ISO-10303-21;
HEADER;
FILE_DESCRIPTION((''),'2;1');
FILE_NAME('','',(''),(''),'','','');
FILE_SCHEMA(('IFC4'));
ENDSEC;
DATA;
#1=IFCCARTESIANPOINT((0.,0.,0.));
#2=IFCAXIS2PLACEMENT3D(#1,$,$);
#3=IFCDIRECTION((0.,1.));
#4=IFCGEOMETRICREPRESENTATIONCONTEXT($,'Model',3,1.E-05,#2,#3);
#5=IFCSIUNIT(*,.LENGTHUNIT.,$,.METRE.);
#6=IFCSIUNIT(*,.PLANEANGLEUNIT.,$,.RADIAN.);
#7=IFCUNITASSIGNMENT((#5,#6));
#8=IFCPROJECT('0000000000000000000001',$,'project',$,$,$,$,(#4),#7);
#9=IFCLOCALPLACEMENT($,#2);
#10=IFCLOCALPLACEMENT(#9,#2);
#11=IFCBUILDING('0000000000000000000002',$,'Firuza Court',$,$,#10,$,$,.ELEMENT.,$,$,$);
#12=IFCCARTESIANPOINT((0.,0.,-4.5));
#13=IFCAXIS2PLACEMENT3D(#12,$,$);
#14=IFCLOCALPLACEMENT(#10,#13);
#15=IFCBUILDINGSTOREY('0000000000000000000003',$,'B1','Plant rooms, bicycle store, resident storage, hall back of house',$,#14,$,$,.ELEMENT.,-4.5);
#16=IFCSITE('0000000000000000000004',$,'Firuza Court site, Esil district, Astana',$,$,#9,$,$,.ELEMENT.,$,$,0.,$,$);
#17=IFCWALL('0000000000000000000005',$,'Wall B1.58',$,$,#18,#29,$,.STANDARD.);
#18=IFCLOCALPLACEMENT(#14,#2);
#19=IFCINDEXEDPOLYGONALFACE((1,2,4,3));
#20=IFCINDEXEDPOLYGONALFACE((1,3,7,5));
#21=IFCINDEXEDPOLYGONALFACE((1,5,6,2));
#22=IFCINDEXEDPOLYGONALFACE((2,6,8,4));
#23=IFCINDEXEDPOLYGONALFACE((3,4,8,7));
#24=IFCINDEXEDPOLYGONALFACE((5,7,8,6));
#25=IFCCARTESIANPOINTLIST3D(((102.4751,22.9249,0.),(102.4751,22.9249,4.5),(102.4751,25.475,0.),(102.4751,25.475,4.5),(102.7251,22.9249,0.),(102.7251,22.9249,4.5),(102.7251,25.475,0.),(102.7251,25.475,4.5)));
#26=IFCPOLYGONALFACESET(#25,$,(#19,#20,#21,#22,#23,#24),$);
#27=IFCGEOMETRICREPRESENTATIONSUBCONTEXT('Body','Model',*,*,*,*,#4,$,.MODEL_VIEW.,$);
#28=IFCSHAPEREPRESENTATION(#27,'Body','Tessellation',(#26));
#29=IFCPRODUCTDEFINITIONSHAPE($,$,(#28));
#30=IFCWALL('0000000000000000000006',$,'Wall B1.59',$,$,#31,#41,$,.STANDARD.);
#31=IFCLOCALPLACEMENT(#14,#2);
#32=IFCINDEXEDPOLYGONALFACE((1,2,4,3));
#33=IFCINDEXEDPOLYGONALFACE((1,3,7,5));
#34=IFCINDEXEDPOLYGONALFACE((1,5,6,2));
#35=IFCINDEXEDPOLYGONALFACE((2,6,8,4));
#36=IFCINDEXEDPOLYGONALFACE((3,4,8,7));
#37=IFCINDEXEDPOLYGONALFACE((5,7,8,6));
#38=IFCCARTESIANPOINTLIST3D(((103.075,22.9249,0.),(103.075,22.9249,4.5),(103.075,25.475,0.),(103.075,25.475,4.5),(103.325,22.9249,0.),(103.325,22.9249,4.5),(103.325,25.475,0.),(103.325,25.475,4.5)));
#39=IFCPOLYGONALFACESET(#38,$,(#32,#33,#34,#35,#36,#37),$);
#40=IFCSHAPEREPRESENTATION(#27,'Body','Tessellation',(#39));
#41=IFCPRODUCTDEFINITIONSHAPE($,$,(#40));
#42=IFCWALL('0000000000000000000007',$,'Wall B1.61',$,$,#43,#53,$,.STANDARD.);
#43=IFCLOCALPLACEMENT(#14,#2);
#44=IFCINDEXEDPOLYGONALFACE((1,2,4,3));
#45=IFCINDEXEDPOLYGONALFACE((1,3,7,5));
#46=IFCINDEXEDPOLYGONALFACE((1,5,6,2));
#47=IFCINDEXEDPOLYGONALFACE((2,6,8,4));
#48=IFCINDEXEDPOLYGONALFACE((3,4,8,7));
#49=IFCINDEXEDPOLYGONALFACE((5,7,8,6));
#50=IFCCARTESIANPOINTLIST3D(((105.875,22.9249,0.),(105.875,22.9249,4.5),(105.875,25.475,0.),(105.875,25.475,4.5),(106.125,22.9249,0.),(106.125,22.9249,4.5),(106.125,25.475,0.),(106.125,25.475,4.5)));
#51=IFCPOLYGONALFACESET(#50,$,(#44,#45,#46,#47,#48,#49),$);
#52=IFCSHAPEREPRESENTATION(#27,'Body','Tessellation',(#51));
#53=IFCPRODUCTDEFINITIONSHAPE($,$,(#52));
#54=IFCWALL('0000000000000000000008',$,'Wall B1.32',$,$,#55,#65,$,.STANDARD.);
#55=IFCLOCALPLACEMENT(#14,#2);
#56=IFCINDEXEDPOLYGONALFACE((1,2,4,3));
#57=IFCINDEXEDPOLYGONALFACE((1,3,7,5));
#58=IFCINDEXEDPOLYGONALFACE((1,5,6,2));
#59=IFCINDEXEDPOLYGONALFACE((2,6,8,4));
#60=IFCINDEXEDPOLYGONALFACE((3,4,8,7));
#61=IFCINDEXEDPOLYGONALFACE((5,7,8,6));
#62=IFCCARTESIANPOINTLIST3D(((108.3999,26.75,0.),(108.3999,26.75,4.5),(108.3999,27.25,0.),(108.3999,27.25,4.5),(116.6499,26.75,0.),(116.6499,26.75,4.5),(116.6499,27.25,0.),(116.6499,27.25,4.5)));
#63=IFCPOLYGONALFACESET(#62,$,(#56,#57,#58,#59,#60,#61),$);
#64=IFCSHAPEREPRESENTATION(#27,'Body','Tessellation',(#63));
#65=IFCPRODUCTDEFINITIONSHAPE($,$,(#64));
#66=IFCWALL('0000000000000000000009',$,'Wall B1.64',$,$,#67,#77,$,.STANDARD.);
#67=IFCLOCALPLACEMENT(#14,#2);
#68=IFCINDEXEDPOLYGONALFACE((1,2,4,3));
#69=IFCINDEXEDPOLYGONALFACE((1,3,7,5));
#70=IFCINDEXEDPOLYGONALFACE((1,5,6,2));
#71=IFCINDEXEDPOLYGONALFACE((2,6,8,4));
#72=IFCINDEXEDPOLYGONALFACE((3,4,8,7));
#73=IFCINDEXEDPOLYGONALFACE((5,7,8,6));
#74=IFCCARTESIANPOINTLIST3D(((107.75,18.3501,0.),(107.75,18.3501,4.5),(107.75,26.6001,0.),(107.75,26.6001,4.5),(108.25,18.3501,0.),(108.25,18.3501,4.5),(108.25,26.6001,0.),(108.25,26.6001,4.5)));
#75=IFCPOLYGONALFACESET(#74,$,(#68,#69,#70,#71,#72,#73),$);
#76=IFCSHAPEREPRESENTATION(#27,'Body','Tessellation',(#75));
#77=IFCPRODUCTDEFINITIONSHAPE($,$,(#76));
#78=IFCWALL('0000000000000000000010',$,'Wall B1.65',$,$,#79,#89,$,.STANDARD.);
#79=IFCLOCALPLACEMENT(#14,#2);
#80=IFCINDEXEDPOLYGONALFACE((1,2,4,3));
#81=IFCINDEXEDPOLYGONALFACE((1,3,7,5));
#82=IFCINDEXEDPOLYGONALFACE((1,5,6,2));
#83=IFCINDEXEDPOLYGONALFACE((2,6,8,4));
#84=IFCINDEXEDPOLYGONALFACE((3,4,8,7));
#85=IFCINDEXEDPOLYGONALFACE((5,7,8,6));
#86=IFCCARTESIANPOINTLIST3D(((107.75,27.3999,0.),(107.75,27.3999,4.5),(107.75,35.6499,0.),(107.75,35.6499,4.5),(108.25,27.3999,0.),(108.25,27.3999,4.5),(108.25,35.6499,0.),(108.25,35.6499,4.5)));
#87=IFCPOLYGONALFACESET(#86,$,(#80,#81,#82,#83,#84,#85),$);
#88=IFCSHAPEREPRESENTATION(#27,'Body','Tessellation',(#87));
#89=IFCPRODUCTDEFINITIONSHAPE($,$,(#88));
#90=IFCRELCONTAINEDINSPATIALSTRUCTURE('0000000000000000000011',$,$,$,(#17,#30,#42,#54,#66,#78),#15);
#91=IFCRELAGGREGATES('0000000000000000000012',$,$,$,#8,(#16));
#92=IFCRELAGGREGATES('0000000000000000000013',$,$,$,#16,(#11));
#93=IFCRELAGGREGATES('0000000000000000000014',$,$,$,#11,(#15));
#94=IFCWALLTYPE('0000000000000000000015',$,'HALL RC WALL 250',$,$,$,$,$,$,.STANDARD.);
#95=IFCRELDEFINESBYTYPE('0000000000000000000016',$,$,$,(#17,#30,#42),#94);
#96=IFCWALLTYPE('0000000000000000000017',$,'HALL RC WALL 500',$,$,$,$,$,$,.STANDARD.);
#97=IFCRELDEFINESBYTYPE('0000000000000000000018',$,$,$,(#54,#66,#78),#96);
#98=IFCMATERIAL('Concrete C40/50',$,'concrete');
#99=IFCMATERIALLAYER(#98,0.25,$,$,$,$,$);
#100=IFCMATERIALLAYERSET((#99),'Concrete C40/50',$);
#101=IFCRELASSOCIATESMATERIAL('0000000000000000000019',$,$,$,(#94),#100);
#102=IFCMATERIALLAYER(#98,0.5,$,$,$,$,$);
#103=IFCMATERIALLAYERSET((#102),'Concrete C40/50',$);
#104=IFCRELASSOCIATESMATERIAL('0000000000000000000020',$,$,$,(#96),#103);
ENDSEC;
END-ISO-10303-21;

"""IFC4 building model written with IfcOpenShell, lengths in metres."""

from ifc_helpers import new_model, si_unit, direction, frame, frame_2d, origin, place, context, subcontext, project, spatial, rectangle, extrude, material, layer, layer_set, type_object, element, save


model = new_model("IFC4")

# Units and contexts
model_context = context("Model", 3, precision=1e-05, world=origin(), true_north=direction((0.0, 1.0)))
body_context = subcontext(model_context, "Body", "Model", "MODEL_VIEW")
ifc_project = project(units=[si_unit("LENGTHUNIT", "METRE"), si_unit("PLANEANGLEUNIT", "RADIAN")], contexts=[model_context])

# Site, building, storey
site_placement = place(None, origin())
site = spatial("IfcSite", under=ifc_project, at=site_placement, Name="Firuza Court site, Esil district, Astana", CompositionType="ELEMENT", RefElevation=0.0)
building_placement = place(site_placement, origin())
building = spatial("IfcBuilding", under=site, at=building_placement, Name="Firuza Court", CompositionType="ELEMENT")
storey_placement = place(building_placement, frame((0.0, 0.0, -4.5)))
storey = spatial("IfcBuildingStorey", under=building, at=storey_placement, Name="B1", Description="Plant rooms, bicycle store, resident storage, hall back of house", CompositionType="ELEMENT", Elevation=-4.5)

# Shared definitions
ifc_material_1 = material(Name="Concrete C40/50", Category="concrete")

# Walls
ifc_layer_1 = layer(ifc_material_1, 0.25)
ifc_layer_set_1 = layer_set([ifc_layer_1], Name="Concrete C40/50")
wall_type_1 = type_object("IfcWallType", Name="HALL RC WALL 250", PredefinedType="STANDARD", material=ifc_layer_set_1)
for number, where, z_axis, x_axis, name in (
    (1, (102.6001, 22.925, 0.0), (0.0, 0.0, 1.0), (0.0, 1.0, 0.0), "Wall B1.58"),
    (2, (103.2, 22.925, 0.0), (0.0, 0.0, 1.0), (0.0, 1.0, 0.0), "Wall B1.59"),
    (3, (106.0, 22.925, 0.0), (0.0, 0.0, 1.0), (0.0, 1.0, 0.0), "Wall B1.61"),
):
    element("IfcWall", number, at=place(storey_placement, frame(where, z_axis=z_axis, x_axis=x_axis)), inside=storey, type_object=wall_type_1, Name=name, PredefinedType="STANDARD", context=body_context, shape_type="SweptSolid", body=[
        extrude(rectangle(XDim=2.55, YDim=0.25, at=frame_2d((1.2749, 0.0))), origin(), (0.0, 0.0, 1.0), 4.5),
    ])
ifc_layer_2 = layer(ifc_material_1, 0.5)
ifc_layer_set_2 = layer_set([ifc_layer_2], Name="Concrete C40/50")
wall_type_2 = type_object("IfcWallType", Name="HALL RC WALL 500", PredefinedType="STANDARD", material=ifc_layer_set_2)
for number, where, z_axis, x_axis, name in (
    (4, (108.3999, 27.0, 0.0), (0.0, 0.0, 1.0), (1.0, 0.0, 0.0), "Wall B1.32"),
    (5, (108.0, 18.3501, 0.0), (0.0, 0.0, 1.0), (0.0, 1.0, 0.0), "Wall B1.64"),
    (6, (108.0, 27.3999, 0.0), (0.0, 0.0, 1.0), (0.0, 1.0, 0.0), "Wall B1.65"),
):
    element("IfcWall", number, at=place(storey_placement, frame(where, z_axis=z_axis, x_axis=x_axis)), inside=storey, type_object=wall_type_2, Name=name, PredefinedType="STANDARD", context=body_context, shape_type="SweptSolid", body=[
        extrude(rectangle(XDim=8.25, YDim=0.5, at=frame_2d((4.125, 0.0))), origin(), (0.0, 0.0, 1.0), 4.5),
    ])

save(model, "model.ifc")
